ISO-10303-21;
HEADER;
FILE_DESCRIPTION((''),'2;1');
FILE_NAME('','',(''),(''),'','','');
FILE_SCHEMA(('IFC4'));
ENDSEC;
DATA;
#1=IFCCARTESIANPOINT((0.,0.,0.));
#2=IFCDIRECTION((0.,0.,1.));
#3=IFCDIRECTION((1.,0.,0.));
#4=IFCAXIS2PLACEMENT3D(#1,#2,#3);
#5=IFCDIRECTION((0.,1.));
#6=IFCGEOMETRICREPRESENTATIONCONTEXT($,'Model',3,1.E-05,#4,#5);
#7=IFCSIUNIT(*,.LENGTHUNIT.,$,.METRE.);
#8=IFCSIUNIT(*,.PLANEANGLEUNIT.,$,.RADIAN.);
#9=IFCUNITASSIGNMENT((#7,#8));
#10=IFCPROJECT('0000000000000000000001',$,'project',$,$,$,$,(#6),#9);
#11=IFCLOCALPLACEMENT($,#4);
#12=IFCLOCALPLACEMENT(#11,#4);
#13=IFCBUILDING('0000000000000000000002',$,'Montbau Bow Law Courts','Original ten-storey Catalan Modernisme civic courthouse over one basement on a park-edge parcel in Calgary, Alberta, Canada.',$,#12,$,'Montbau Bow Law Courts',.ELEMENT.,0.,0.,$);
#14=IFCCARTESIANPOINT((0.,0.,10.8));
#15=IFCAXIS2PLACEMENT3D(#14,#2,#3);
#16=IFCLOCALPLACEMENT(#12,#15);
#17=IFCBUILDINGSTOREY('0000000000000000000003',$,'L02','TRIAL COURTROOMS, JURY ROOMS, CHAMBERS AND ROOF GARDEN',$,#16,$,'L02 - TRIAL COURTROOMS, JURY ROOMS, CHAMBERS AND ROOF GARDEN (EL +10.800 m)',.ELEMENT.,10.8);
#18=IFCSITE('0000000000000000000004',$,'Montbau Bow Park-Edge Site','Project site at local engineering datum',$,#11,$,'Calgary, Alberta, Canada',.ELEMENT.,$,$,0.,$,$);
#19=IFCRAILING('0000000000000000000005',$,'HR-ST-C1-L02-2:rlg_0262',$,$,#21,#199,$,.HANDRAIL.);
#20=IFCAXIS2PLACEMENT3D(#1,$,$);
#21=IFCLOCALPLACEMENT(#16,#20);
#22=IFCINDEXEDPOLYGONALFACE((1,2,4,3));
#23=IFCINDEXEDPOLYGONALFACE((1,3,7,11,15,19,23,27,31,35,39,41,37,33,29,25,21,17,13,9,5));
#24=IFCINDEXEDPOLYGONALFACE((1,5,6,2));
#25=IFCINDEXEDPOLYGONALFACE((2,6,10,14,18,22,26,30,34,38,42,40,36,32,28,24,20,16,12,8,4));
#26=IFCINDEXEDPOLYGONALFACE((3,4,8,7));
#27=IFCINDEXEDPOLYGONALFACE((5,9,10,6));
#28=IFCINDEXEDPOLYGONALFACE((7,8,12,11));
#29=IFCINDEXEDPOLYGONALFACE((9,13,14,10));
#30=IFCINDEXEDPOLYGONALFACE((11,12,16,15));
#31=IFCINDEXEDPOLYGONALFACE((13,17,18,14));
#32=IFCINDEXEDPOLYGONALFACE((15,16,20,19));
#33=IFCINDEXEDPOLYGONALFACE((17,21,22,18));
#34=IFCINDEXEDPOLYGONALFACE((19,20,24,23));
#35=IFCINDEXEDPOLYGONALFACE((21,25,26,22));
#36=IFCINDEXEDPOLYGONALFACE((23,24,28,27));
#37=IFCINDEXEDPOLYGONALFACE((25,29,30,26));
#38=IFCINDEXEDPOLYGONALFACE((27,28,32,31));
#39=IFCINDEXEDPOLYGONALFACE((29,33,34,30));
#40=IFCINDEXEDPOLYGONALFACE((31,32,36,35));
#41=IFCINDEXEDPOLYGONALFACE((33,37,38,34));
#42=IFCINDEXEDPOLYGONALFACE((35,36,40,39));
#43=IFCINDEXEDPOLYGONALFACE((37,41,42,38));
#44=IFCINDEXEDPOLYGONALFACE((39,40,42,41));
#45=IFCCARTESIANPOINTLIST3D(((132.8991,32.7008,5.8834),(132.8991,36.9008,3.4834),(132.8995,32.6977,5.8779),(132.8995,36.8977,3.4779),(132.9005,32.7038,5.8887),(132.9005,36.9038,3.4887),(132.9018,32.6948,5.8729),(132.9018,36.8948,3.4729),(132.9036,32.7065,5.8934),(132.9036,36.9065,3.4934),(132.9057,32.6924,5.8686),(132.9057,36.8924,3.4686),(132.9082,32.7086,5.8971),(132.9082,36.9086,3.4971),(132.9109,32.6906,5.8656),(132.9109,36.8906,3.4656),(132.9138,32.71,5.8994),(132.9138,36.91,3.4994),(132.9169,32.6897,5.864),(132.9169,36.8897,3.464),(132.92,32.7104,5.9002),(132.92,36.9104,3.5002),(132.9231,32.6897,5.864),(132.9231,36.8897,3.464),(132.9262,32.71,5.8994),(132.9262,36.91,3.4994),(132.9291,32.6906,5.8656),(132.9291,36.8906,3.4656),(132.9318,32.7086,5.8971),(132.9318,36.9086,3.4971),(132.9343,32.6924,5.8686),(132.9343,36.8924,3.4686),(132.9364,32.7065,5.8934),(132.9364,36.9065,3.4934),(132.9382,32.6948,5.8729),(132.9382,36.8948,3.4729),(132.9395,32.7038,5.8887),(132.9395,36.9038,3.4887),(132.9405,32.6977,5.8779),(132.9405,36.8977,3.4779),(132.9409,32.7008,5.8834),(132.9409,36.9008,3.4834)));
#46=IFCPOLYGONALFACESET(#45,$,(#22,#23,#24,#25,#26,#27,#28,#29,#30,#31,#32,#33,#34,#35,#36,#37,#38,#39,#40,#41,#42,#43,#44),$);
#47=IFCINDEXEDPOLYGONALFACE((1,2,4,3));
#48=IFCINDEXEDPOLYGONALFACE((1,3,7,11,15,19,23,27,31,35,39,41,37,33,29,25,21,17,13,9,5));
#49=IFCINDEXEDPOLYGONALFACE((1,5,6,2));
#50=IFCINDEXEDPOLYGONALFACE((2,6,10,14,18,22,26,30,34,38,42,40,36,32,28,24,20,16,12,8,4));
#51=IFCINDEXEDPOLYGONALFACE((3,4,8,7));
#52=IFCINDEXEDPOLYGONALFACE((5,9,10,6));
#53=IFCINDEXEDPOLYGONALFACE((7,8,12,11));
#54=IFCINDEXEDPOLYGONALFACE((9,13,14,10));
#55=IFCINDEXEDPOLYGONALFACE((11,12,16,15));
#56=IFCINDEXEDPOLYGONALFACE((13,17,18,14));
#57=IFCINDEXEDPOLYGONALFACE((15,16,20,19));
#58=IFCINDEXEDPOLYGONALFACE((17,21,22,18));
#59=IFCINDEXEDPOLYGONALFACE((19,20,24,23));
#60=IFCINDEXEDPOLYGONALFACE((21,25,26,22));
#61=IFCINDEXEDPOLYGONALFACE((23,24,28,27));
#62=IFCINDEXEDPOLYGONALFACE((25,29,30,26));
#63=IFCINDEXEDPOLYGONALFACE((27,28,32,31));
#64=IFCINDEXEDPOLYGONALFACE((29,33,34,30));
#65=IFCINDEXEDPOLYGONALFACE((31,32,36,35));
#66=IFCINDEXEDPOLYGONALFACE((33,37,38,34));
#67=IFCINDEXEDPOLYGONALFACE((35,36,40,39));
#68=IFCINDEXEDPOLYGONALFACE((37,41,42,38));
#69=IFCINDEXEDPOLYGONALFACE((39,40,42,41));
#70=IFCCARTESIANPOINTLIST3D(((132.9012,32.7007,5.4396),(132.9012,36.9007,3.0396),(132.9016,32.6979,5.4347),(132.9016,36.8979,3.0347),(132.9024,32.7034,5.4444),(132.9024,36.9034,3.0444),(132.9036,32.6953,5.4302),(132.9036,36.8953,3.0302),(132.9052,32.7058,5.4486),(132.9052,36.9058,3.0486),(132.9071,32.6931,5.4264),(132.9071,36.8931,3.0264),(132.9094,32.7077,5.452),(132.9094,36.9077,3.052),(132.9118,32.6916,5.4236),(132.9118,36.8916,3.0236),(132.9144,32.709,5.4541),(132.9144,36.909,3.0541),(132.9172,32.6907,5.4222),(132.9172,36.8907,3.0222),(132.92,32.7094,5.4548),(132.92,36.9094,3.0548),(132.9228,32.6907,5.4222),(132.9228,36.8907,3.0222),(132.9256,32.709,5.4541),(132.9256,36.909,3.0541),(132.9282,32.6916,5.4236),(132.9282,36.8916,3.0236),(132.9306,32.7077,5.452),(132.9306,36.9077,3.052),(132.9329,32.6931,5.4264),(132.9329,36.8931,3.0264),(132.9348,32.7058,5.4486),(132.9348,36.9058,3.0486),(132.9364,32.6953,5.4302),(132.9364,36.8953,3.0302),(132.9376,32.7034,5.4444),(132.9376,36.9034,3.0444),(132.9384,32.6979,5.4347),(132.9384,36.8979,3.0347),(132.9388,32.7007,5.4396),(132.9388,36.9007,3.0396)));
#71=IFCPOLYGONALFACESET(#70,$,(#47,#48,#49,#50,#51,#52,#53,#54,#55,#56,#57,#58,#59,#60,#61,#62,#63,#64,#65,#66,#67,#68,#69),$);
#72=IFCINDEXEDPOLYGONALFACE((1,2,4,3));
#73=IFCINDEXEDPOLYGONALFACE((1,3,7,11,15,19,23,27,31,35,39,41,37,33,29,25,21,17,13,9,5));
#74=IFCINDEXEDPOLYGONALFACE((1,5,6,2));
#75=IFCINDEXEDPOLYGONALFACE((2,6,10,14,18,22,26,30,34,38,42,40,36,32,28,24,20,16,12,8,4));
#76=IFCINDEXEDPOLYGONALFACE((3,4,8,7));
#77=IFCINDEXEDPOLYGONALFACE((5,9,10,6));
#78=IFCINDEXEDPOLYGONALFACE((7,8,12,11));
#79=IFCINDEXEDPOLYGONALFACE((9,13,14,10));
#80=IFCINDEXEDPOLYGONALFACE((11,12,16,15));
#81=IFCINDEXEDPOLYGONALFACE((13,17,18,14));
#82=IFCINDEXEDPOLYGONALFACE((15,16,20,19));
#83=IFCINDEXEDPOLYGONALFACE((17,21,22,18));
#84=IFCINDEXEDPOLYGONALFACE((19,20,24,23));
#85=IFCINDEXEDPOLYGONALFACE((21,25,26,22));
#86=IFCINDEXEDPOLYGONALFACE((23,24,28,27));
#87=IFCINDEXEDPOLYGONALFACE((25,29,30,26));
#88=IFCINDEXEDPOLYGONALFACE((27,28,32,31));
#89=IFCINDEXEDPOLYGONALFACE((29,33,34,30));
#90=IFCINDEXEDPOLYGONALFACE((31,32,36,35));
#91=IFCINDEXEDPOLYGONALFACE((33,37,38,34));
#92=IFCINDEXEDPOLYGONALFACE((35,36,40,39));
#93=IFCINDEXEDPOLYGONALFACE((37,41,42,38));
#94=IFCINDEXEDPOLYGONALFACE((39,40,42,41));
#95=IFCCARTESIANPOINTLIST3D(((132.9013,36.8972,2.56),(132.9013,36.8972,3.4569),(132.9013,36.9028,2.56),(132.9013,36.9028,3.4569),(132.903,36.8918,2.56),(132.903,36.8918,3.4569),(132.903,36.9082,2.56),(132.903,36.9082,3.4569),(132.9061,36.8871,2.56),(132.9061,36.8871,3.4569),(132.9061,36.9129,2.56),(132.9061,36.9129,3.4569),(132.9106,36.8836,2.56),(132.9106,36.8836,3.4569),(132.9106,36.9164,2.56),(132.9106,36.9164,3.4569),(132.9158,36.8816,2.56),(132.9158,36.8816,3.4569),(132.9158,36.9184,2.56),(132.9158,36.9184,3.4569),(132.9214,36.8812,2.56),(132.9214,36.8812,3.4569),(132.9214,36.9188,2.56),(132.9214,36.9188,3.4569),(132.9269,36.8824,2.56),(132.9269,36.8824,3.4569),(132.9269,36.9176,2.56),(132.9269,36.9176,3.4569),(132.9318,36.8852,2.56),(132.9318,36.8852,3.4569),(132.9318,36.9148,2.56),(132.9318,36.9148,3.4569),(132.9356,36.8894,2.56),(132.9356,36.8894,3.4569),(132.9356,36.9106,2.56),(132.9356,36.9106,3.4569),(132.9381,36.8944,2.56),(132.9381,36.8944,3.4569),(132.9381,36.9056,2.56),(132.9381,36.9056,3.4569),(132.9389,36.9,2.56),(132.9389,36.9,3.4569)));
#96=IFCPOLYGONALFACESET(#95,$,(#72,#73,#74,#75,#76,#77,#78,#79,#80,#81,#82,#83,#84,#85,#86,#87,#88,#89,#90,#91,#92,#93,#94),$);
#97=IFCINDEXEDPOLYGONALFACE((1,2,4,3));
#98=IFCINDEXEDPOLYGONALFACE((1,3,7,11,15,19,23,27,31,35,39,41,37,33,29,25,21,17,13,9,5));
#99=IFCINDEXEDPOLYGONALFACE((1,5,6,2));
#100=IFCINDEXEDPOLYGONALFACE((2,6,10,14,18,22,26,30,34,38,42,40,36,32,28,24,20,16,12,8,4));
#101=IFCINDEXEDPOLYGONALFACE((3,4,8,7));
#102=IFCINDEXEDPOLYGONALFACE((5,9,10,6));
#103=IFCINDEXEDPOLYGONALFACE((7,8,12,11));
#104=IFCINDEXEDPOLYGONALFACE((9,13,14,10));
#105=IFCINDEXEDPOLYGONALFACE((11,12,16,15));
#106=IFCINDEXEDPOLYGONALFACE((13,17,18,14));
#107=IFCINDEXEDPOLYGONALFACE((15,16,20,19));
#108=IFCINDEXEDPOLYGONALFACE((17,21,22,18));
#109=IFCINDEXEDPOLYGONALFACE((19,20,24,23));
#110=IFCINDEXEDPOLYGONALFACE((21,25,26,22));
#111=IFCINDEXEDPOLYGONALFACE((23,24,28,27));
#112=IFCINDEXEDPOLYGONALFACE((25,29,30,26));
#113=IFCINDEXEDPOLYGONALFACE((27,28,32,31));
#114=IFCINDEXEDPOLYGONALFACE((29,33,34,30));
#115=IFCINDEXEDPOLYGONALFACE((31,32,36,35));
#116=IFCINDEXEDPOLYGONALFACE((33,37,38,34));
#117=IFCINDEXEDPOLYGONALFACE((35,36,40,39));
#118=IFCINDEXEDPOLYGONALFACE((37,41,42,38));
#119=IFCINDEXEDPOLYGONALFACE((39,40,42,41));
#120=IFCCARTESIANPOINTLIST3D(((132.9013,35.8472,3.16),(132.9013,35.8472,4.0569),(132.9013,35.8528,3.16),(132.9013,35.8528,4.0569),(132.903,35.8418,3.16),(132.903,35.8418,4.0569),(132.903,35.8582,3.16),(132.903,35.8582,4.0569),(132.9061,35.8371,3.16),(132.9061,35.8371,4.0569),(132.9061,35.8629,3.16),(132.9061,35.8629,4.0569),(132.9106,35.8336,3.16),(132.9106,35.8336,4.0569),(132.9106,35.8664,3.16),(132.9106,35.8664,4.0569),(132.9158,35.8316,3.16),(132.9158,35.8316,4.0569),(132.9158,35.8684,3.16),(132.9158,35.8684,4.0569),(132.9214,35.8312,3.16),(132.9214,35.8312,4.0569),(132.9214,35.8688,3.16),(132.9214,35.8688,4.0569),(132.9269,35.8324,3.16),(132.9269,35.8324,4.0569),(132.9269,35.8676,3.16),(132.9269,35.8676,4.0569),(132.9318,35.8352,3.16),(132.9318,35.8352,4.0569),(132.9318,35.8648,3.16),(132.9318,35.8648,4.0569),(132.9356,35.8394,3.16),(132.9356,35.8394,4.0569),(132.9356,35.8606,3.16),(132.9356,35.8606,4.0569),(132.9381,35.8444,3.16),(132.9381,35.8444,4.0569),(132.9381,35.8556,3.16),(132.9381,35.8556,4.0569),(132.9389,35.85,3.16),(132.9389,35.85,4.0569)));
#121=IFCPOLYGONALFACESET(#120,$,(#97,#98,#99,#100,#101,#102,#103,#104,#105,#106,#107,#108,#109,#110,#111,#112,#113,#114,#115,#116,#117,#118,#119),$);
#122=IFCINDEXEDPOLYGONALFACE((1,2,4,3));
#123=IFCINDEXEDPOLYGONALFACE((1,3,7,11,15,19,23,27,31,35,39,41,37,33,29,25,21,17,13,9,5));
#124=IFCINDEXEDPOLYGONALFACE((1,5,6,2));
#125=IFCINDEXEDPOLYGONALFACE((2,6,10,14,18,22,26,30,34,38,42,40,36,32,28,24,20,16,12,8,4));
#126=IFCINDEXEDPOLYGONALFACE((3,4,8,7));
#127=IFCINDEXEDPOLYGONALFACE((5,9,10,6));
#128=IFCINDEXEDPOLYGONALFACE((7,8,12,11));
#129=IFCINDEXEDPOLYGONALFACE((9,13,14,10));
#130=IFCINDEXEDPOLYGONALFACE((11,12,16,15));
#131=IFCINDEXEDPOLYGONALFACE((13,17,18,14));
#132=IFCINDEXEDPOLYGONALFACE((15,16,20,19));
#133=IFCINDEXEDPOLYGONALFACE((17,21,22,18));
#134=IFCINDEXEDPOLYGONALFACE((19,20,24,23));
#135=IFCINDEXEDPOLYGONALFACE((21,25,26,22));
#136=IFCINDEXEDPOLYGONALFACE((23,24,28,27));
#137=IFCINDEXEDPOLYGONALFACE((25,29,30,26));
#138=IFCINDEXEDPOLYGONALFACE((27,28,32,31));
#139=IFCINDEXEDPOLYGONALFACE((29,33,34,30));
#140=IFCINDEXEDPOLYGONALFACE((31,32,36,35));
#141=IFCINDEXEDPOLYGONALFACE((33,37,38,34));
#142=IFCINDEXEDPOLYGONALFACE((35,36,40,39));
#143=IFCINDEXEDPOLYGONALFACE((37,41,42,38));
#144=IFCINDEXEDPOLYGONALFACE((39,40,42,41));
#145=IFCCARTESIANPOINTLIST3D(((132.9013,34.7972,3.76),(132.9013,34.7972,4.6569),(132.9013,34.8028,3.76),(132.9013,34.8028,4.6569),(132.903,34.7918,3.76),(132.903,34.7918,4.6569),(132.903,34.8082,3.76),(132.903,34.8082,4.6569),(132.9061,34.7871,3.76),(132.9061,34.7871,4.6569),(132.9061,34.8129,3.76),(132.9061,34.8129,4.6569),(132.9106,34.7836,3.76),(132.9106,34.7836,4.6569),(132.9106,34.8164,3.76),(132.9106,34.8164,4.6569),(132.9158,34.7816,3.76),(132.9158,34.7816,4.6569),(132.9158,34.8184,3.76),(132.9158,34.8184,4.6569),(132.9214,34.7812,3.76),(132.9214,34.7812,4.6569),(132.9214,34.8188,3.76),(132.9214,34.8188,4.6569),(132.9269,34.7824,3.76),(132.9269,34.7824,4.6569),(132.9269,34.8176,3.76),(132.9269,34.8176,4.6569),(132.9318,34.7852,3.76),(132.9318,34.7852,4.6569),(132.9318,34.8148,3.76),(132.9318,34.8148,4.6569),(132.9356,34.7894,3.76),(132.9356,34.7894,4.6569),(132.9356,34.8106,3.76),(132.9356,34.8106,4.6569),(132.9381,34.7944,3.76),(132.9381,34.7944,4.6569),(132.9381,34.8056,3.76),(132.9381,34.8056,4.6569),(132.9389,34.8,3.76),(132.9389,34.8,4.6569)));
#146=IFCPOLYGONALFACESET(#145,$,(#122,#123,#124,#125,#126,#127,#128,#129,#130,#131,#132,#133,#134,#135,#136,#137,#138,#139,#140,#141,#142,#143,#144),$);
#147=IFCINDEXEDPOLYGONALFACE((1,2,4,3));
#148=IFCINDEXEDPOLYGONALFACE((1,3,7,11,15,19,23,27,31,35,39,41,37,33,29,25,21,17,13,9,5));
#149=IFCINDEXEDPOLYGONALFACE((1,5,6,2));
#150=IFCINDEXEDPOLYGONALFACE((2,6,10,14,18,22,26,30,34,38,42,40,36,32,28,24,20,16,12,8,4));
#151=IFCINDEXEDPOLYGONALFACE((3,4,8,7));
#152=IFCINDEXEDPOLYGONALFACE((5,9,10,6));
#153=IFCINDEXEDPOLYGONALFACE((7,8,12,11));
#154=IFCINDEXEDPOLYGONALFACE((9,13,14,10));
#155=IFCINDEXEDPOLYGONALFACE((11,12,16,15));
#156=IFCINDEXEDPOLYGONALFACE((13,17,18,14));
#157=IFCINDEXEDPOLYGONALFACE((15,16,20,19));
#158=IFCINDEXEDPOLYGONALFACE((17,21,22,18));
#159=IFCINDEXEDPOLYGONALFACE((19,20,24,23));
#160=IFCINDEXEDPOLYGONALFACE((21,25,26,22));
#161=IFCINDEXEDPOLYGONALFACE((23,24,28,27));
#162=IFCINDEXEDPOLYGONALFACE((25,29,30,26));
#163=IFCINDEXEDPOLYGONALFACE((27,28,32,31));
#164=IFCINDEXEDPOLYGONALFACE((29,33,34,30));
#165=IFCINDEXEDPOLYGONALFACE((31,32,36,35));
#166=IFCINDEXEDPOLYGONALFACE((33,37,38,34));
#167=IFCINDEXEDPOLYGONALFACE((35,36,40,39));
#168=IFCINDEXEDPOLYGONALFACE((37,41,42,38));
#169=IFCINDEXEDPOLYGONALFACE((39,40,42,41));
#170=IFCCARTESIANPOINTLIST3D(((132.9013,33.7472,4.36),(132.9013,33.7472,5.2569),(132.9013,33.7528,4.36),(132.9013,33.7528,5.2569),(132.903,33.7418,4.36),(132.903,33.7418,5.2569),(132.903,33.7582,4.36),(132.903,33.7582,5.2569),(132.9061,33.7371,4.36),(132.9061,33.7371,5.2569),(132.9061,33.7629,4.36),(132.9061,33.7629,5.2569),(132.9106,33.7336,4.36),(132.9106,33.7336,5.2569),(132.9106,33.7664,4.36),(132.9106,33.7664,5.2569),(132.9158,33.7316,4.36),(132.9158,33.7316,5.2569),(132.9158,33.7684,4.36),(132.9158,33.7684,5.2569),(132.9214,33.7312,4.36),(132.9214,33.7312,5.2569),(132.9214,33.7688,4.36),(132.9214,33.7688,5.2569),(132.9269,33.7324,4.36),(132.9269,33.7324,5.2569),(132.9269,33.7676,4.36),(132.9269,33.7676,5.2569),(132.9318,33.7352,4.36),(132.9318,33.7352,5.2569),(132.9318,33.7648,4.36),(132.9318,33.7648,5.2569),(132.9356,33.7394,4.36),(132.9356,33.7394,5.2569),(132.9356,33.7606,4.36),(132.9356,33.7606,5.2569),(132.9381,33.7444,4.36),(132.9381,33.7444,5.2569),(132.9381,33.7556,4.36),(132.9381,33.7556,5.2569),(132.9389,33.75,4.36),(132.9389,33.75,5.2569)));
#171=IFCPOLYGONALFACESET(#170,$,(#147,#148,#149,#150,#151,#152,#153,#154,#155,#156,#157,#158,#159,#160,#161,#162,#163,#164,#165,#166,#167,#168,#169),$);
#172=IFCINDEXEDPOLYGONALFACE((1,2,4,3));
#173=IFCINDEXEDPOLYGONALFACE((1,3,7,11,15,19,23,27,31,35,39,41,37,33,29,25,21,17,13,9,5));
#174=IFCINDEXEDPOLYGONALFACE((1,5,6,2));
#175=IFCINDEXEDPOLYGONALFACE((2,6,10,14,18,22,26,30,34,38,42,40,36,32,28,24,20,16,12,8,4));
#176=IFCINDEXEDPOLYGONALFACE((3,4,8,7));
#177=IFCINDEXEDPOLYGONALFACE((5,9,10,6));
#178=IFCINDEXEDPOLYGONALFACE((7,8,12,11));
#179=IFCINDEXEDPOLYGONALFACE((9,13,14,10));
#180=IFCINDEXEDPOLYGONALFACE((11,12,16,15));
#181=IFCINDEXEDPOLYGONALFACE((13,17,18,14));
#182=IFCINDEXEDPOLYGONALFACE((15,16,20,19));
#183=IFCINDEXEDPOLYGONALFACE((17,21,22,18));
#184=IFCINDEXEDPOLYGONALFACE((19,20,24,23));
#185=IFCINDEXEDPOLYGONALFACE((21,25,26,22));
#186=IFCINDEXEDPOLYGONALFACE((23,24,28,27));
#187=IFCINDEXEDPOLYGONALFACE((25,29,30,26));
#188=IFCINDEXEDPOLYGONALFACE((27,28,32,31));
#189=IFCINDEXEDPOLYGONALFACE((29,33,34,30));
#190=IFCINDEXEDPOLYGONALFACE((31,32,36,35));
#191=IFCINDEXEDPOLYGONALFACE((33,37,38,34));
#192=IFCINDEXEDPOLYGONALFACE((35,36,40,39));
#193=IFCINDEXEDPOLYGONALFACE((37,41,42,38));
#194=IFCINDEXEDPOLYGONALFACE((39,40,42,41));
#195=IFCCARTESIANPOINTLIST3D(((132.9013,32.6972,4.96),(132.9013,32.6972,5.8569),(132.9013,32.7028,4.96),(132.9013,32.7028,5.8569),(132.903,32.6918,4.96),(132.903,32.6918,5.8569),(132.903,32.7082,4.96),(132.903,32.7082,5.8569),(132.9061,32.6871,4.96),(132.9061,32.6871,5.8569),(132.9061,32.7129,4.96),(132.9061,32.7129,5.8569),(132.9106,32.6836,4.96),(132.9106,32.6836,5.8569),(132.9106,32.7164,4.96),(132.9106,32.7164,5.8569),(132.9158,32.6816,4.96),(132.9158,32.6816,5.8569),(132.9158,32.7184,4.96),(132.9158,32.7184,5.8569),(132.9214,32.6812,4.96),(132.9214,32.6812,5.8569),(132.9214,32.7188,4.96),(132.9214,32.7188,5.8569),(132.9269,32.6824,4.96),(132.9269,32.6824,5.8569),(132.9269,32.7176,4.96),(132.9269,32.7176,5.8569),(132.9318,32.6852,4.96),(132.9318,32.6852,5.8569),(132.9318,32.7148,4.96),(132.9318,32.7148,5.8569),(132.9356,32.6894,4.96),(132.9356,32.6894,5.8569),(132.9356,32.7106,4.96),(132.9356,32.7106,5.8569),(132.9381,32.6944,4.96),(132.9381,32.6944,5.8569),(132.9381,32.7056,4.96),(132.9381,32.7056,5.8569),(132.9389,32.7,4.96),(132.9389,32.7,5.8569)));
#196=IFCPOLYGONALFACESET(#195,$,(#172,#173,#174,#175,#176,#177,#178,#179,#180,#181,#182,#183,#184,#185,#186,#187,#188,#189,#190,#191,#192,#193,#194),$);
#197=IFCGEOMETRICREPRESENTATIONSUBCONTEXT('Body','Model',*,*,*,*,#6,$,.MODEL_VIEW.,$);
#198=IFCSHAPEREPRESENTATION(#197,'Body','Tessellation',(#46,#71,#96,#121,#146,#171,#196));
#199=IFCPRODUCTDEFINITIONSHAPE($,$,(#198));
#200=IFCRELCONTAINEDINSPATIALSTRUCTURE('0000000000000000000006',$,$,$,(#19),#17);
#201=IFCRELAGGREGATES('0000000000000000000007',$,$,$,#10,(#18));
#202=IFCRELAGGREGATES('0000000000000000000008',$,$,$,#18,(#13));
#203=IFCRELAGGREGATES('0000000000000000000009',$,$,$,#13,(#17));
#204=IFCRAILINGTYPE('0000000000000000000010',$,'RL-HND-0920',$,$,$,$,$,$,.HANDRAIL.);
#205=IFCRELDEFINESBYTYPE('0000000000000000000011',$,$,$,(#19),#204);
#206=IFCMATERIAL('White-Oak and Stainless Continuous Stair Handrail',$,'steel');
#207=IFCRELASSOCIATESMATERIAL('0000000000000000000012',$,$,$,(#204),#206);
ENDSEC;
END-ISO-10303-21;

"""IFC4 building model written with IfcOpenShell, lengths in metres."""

from ifc_helpers import new_model, si_unit, direction, frame, origin_with_axes, origin_2d_with_axis, place, context, subcontext, project, spatial, circle, extrude, material, type_object, element, save


model = new_model("IFC4")

# Units and contexts
model_context = context("Model", 3, precision=1e-05, world=origin_with_axes(), true_north=direction((0.0, 1.0)))
body_context = subcontext(model_context, "Body", "Model", "MODEL_VIEW")
ifc_project = project(units=[si_unit("LENGTHUNIT", "METRE"), si_unit("PLANEANGLEUNIT", "RADIAN")], contexts=[model_context])

# Site, building, storey
site_placement = place(None, origin_with_axes())
site = spatial("IfcSite", under=ifc_project, at=site_placement, Name="Montbau Bow Park-Edge Site", Description="Project site at local engineering datum", LongName="Calgary, Alberta, Canada", CompositionType="ELEMENT", RefElevation=0.0)
building_placement = place(site_placement, origin_with_axes())
building = spatial("IfcBuilding", under=site, at=building_placement, Name="Montbau Bow Law Courts", Description="Original ten-storey Catalan Modernisme civic courthouse over one basement on a park-edge parcel in Calgary, Alberta, Canada.", LongName="Montbau Bow Law Courts", CompositionType="ELEMENT", ElevationOfRefHeight=0.0, ElevationOfTerrain=0.0)
storey_placement = place(building_placement, frame((0.0, 0.0, 10.8), z_axis=(0.0, 0.0, 1.0), x_axis=(1.0, 0.0, 0.0)))
storey = spatial("IfcBuildingStorey", under=building, at=storey_placement, Name="L02", Description="TRIAL COURTROOMS, JURY ROOMS, CHAMBERS AND ROOF GARDEN", LongName="L02 - TRIAL COURTROOMS, JURY ROOMS, CHAMBERS AND ROOF GARDEN (EL +10.800 m)", CompositionType="ELEMENT", Elevation=10.8)

# Railing
ifc_material_1 = material(Name="White-Oak and Stainless Continuous Stair Handrail", Category="steel")
railing_type_1 = type_object("IfcRailingType", Name="RL-HND-0920", PredefinedType="HANDRAIL", material=ifc_material_1)
railing_1_placement = place(None, origin_with_axes())
element("IfcRailing", 1, at=railing_1_placement, inside=storey, type_object=railing_type_1, Name="HR-ST-C1-L02-2:rlg_0262", PredefinedType="HANDRAIL", context=body_context, shape_type="SweptSolid", body=[
    extrude(circle(Radius=0.021, at=origin_2d_with_axis()), frame((132.92, 36.9, 14.282), z_axis=(0.0, -0.868243, 0.496139), x_axis=(0.0, 0.496139, 0.868243)), (0.0, 0.0, 1.0), 4.8374),
    extrude(circle(Radius=0.0189, at=origin_2d_with_axis()), frame((132.92, 36.9, 13.8384), z_axis=(0.0, -0.868243, 0.496139), x_axis=(0.0, 0.496139, 0.868243)), (0.0, 0.0, 1.0), 4.8374),
    extrude(circle(Radius=0.0189, at=origin_2d_with_axis()), frame((132.92, 36.9, 13.36), z_axis=(0.0, 0.0, 1.0), x_axis=(1.0, 0.0, 0.0)), (0.0, 0.0, 1.0), 0.8969),
    extrude(circle(Radius=0.0189, at=origin_2d_with_axis()), frame((132.92, 35.85, 13.96), z_axis=(0.0, 0.0, 1.0), x_axis=(1.0, 0.0, 0.0)), (0.0, 0.0, 1.0), 0.8969),
    extrude(circle(Radius=0.0189, at=origin_2d_with_axis()), frame((132.92, 34.8, 14.56), z_axis=(0.0, 0.0, 1.0), x_axis=(1.0, 0.0, 0.0)), (0.0, 0.0, 1.0), 0.8969),
    extrude(circle(Radius=0.0189, at=origin_2d_with_axis()), frame((132.92, 33.75, 15.16), z_axis=(0.0, 0.0, 1.0), x_axis=(1.0, 0.0, 0.0)), (0.0, 0.0, 1.0), 0.8969),
    extrude(circle(Radius=0.0189, at=origin_2d_with_axis()), frame((132.92, 32.7, 15.76), z_axis=(0.0, 0.0, 1.0), x_axis=(1.0, 0.0, 0.0)), (0.0, 0.0, 1.0), 0.8969),
])

save(model, "model.ifc")
